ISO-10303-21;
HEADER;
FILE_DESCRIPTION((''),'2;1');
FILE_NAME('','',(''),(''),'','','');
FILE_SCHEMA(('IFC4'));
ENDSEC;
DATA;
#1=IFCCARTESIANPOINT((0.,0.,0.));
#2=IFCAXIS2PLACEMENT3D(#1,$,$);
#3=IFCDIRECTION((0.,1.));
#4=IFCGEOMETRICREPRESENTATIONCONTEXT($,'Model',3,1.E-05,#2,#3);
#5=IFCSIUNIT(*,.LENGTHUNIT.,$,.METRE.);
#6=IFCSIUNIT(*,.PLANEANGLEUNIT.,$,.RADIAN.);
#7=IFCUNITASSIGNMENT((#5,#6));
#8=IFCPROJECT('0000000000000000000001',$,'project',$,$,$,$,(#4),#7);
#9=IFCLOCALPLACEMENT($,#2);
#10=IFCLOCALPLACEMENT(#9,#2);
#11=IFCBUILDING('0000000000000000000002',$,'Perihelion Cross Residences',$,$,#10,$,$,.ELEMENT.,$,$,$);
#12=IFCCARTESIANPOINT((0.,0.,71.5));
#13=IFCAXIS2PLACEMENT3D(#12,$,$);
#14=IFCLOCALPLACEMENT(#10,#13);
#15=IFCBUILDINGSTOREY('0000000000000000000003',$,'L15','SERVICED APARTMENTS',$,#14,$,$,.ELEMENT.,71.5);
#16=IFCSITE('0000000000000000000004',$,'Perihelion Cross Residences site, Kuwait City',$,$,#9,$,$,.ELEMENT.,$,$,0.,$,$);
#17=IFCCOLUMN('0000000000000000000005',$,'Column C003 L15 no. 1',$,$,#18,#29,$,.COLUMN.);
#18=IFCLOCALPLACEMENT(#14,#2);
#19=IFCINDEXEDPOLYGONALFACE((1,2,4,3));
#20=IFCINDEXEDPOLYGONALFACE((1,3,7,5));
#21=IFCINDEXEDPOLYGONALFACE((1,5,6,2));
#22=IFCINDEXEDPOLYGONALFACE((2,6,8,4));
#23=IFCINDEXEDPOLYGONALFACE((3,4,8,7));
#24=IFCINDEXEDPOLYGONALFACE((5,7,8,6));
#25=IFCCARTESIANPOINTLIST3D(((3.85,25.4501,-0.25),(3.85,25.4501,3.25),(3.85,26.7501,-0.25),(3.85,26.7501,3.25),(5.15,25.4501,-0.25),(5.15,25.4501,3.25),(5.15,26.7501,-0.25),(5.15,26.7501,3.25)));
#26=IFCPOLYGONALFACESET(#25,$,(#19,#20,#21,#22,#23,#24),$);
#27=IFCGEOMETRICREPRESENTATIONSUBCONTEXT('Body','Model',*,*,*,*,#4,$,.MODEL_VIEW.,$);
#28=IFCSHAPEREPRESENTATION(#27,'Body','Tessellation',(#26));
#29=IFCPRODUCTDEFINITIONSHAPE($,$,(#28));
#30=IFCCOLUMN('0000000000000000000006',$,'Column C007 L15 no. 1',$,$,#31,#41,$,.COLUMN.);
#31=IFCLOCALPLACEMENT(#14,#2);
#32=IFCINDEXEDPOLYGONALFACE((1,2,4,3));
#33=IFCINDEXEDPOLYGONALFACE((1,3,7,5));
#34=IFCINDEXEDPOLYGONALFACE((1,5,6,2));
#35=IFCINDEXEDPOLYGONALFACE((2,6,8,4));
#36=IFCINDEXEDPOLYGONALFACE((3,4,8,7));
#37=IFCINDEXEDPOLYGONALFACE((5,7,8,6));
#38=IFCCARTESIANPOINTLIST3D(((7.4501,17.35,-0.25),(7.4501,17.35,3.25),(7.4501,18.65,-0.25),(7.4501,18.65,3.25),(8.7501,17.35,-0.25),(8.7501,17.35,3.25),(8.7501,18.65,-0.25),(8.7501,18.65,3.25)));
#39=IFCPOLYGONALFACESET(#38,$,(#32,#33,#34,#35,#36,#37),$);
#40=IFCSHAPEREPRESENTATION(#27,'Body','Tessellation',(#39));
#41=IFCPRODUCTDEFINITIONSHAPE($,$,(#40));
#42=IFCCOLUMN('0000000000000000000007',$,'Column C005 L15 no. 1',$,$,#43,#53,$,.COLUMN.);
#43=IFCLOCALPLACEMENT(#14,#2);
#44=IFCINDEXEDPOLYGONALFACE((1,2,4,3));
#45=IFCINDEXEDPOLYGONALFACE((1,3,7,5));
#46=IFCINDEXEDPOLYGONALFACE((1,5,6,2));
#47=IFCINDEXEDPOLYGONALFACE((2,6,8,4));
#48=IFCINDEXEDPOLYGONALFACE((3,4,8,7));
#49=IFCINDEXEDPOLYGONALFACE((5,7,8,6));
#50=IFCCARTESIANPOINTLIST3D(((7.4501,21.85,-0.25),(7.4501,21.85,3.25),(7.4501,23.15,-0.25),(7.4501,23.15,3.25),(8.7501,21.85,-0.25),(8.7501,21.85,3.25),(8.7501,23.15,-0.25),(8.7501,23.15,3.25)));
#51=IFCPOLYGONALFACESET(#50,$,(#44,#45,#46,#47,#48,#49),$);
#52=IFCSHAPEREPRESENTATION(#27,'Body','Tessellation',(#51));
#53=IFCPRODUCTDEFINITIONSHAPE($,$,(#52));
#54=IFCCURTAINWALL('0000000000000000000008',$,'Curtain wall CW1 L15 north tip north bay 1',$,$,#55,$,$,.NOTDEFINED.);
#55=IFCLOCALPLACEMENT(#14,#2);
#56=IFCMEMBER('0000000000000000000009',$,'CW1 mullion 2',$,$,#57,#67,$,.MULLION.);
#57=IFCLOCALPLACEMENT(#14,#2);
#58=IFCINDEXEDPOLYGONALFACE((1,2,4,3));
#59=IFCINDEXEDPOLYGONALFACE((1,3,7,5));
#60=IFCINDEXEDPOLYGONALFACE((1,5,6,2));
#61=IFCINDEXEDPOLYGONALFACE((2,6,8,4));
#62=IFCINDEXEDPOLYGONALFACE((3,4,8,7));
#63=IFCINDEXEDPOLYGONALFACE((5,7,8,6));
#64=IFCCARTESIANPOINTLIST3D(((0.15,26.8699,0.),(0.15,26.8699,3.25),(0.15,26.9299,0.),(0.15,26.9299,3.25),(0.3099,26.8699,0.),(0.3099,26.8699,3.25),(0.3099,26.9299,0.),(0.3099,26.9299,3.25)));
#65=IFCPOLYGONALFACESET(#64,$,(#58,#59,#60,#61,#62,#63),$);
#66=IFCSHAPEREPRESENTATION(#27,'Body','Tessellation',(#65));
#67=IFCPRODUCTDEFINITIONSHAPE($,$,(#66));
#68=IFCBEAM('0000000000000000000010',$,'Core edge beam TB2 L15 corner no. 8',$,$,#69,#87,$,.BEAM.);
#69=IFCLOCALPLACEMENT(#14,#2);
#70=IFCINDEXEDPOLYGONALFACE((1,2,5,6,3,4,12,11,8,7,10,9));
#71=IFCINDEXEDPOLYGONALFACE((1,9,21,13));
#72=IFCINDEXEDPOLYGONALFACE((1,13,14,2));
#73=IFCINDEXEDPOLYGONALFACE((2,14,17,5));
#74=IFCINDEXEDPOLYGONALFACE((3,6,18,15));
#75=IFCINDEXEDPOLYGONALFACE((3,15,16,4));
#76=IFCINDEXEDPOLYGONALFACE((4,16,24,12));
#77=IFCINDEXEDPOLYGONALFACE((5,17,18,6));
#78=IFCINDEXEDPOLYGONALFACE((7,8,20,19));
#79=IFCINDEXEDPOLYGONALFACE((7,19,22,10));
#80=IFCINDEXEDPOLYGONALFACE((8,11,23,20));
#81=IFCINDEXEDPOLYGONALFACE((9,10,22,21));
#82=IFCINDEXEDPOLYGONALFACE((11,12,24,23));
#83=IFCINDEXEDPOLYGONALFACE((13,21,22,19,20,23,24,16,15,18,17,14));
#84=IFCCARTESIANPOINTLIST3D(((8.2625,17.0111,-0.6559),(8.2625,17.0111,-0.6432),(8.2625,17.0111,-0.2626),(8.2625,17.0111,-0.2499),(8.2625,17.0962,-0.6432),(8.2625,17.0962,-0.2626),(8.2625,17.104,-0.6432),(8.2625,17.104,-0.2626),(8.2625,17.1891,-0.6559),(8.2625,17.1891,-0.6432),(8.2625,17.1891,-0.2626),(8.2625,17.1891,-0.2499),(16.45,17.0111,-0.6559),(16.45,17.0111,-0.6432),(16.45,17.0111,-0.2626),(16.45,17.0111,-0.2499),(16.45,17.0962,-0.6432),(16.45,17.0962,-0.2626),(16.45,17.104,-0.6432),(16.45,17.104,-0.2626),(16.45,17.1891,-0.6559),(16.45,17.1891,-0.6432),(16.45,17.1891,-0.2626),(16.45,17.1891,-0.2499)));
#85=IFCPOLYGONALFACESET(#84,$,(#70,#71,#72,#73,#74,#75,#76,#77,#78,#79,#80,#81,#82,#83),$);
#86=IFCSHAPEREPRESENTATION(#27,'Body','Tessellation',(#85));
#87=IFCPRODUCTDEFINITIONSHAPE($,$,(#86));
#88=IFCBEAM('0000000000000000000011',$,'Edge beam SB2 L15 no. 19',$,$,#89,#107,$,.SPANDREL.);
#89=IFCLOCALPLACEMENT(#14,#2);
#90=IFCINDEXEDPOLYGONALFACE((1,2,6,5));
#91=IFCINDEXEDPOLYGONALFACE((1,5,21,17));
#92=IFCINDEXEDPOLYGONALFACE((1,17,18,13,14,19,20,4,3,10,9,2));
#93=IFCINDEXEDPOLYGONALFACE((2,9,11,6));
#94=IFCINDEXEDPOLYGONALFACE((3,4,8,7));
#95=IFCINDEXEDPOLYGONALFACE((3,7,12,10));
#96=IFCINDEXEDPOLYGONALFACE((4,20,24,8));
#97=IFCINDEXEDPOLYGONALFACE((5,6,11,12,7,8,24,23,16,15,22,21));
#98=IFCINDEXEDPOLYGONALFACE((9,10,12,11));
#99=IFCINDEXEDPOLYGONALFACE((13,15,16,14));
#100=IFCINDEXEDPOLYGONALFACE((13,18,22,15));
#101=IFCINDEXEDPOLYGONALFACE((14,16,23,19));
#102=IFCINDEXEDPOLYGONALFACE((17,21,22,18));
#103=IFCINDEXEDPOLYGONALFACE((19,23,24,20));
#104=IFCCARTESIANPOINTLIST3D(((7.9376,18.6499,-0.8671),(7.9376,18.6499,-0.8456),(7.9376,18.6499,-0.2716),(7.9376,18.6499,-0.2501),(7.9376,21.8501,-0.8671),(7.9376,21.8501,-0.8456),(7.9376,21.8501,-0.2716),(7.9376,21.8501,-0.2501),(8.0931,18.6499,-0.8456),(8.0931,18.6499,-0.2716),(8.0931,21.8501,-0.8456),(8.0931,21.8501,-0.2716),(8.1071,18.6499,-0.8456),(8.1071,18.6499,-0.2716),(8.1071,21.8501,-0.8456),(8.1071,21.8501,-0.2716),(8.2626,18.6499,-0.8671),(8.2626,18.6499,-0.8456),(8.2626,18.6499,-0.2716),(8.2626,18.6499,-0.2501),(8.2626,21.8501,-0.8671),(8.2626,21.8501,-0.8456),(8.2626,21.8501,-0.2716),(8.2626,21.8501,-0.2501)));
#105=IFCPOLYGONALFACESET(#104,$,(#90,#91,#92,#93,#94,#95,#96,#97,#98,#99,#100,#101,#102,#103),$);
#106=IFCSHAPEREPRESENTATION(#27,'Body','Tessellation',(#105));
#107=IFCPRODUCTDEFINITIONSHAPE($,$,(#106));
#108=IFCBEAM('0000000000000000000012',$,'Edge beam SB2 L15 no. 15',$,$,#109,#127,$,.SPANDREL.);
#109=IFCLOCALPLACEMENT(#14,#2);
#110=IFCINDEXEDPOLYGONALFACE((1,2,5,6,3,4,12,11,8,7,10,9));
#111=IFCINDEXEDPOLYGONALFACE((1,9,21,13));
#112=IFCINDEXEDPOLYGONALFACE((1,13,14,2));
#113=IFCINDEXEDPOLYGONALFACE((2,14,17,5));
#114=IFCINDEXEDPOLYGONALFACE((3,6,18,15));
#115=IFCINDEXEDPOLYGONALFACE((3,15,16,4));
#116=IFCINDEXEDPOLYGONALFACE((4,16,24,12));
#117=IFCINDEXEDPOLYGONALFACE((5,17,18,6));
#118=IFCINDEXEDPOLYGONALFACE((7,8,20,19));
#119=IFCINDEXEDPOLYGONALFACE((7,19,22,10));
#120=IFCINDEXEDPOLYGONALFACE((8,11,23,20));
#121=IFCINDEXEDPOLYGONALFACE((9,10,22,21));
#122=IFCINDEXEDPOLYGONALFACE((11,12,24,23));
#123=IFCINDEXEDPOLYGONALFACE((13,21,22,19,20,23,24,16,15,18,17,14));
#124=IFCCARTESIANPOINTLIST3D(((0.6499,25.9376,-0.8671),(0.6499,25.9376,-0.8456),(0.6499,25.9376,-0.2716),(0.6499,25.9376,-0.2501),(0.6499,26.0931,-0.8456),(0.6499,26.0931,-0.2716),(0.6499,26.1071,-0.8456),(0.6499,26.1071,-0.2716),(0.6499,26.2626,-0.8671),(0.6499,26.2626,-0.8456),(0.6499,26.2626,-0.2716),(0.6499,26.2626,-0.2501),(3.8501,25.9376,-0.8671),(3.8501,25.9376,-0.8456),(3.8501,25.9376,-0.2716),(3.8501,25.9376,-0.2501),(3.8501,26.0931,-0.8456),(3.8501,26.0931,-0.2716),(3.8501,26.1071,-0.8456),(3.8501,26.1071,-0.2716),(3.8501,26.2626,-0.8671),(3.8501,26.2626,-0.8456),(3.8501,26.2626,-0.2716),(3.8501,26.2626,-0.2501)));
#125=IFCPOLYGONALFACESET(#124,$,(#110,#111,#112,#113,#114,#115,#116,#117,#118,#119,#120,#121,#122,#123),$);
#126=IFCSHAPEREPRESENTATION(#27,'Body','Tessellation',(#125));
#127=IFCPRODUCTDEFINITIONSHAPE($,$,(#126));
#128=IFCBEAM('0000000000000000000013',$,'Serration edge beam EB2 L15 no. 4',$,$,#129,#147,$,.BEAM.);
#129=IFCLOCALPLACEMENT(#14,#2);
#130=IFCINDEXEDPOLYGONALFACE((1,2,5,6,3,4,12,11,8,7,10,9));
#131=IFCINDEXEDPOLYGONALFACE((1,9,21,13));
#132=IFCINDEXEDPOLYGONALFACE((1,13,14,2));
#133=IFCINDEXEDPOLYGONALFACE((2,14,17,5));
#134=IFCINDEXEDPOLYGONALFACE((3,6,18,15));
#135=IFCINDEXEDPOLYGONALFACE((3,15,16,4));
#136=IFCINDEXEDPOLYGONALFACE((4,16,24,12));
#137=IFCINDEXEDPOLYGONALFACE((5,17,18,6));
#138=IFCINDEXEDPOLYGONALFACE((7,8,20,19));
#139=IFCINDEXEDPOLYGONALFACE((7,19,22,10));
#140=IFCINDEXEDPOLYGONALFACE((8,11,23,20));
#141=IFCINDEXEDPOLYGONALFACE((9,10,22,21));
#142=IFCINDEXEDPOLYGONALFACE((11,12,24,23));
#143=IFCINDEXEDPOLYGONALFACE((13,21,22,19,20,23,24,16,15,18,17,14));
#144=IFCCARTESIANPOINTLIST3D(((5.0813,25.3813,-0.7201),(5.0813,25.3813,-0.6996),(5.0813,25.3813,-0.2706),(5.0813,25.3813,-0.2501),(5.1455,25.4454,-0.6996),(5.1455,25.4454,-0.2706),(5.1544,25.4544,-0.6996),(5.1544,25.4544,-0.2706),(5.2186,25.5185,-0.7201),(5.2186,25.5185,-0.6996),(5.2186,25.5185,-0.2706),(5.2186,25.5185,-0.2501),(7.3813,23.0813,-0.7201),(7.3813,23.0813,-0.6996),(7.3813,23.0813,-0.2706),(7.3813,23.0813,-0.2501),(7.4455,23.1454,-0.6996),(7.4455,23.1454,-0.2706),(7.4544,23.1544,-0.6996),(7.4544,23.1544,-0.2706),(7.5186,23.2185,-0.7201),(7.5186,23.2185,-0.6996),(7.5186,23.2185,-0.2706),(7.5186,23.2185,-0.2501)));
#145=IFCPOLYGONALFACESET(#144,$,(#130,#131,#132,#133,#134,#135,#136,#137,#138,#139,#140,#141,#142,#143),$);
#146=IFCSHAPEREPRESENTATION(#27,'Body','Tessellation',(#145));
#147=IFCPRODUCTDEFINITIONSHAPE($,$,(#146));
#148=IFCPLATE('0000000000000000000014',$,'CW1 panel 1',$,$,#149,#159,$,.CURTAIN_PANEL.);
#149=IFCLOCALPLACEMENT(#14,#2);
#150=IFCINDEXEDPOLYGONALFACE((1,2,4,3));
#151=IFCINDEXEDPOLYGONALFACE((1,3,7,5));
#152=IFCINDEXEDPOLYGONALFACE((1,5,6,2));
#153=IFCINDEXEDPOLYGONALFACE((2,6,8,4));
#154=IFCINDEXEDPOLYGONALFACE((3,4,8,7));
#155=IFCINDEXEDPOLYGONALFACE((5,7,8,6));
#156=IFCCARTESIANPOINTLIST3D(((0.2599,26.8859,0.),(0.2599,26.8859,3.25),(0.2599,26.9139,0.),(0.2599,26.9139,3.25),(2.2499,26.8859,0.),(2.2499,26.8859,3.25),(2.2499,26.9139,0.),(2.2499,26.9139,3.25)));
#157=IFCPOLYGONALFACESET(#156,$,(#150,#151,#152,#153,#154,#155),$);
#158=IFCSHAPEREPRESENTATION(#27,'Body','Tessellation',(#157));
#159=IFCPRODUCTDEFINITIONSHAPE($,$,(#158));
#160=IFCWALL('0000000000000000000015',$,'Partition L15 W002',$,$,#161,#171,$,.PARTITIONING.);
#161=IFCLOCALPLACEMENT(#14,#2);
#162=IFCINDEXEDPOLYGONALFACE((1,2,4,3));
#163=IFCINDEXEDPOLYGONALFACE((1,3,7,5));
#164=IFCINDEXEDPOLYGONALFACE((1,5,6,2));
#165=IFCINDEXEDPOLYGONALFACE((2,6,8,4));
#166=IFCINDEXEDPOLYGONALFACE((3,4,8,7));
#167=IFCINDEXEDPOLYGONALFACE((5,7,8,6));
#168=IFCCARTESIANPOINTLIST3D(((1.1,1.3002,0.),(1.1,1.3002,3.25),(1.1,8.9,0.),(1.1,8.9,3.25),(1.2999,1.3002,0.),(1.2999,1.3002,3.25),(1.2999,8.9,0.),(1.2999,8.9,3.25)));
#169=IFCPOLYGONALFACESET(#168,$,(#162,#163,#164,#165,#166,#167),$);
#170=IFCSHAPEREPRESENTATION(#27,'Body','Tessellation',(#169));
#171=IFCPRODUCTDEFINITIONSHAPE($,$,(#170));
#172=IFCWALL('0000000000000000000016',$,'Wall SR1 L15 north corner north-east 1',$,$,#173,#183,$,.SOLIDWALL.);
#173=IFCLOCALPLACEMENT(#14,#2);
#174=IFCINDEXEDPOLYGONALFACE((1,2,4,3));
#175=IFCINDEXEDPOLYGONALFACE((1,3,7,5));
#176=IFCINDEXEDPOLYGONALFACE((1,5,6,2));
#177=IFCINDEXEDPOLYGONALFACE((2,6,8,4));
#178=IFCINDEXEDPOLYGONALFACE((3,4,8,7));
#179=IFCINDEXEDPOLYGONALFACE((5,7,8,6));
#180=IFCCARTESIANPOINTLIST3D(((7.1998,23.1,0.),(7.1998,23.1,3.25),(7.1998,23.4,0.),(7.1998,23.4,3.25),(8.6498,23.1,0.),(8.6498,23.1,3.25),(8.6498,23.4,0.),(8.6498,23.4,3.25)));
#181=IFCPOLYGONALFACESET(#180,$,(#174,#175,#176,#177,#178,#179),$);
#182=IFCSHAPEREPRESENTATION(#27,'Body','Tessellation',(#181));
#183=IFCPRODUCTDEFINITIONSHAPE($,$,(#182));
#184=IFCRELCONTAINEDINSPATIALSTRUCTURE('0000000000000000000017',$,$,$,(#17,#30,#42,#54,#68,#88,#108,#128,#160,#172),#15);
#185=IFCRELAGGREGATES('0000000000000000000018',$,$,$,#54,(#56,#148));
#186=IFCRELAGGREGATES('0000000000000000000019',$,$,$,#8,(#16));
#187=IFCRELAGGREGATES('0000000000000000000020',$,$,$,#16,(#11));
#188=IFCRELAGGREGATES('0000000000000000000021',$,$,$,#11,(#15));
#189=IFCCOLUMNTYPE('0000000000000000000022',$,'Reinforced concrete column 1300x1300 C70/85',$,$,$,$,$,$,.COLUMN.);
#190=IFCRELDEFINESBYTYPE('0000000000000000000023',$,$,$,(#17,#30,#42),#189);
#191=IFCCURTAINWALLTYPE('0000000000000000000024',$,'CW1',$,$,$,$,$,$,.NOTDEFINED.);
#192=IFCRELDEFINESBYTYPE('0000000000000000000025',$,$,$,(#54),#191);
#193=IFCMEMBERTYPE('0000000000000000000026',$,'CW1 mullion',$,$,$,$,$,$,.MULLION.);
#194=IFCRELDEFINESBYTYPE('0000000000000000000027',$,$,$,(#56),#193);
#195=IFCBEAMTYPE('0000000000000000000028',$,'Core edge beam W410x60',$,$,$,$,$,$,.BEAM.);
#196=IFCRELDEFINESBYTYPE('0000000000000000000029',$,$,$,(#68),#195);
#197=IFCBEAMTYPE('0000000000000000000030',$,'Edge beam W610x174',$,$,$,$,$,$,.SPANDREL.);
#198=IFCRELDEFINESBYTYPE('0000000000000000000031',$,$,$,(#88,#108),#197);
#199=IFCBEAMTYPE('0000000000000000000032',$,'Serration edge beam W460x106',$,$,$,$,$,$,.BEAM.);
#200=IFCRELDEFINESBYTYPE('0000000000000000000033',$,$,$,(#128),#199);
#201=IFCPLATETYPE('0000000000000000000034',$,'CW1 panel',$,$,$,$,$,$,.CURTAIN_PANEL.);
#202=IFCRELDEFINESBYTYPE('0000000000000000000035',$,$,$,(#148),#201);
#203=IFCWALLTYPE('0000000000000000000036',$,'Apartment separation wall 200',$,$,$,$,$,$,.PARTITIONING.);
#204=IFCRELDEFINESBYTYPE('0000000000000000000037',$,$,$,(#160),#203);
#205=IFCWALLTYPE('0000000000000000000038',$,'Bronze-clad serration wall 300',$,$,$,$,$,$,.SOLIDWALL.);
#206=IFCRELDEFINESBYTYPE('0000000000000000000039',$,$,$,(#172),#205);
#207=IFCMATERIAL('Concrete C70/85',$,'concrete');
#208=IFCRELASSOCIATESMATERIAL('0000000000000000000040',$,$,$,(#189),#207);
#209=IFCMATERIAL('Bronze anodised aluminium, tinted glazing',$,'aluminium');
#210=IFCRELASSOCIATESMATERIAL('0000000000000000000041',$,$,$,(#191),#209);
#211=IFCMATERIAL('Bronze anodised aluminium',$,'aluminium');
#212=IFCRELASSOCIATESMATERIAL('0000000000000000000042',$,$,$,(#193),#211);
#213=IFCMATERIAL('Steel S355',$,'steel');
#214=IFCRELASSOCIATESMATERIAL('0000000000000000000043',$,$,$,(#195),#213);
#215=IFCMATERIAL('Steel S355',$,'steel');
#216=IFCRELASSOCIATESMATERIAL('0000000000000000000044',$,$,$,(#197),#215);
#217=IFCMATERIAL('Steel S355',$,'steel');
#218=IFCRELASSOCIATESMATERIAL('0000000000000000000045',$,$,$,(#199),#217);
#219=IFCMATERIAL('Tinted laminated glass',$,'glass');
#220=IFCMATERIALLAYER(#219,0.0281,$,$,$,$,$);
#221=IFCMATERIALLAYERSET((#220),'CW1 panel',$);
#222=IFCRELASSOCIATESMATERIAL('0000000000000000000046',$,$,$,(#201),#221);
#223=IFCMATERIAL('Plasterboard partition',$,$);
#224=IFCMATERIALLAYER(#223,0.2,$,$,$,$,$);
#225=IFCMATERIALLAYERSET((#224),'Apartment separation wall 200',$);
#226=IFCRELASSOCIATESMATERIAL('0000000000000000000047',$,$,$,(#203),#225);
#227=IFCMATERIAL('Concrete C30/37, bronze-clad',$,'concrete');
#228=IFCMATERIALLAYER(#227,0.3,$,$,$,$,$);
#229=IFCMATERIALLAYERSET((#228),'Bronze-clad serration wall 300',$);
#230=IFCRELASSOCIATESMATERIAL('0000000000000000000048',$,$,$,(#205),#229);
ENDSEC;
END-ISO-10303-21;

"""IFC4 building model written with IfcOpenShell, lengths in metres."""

from ifc_helpers import new_model, si_unit, direction, frame, frame_2d, origin, origin_2d, place, context, subcontext, project, spatial, rectangle, i_section, extrude, material, layer, layer_set, material_profile, profile_set, type_object, element, aggregate, save


model = new_model("IFC4")

# Units and contexts
model_context = context("Model", 3, precision=1e-05, world=origin(), true_north=direction((0.0, 1.0)))
body_context = subcontext(model_context, "Body", "Model", "MODEL_VIEW")
ifc_project = project(units=[si_unit("LENGTHUNIT", "METRE"), si_unit("PLANEANGLEUNIT", "RADIAN")], contexts=[model_context])

# Site, building, storey
site_placement = place(None, origin())
site = spatial("IfcSite", under=ifc_project, at=site_placement, Name="Perihelion Cross Residences site, Kuwait City", CompositionType="ELEMENT", RefElevation=0.0)
building_placement = place(site_placement, origin())
building = spatial("IfcBuilding", under=site, at=building_placement, Name="Perihelion Cross Residences", CompositionType="ELEMENT")
storey_placement = place(building_placement, frame((0.0, 0.0, 71.5)))
storey = spatial("IfcBuildingStorey", under=building, at=storey_placement, Name="L15", Description="SERVICED APARTMENTS", CompositionType="ELEMENT", Elevation=71.5)

# Columns
ifc_material_1 = material(Name="Concrete C70/85", Category="concrete")
ifc_material_profile_1 = material_profile(ifc_material_1, rectangle(XDim=1.3, YDim=1.3, at=origin_2d()), Name="RC 1300x1300")
ifc_profile_set_1 = profile_set([ifc_material_profile_1], Name="Concrete C70/85")
column_type = type_object("IfcColumnType", Name="Reinforced concrete column 1300x1300 C70/85", PredefinedType="COLUMN", material=ifc_profile_set_1)
for number, where, z_axis, x_axis, name in (
    (1, (4.5, 26.1001, -0.25), (0.0, 0.0, 1.0), (1.0, 0.0, 0.0), "Column C003 L15 no. 1"),
    (2, (8.1001, 18.0, -0.25), (0.0, 0.0, 1.0), (1.0, 0.0, 0.0), "Column C007 L15 no. 1"),
    (3, (8.1001, 22.5, -0.25), (0.0, 0.0, 1.0), (1.0, 0.0, 0.0), "Column C005 L15 no. 1"),
):
    element("IfcColumn", number, at=place(storey_placement, frame(where, z_axis=z_axis, x_axis=x_axis)), inside=storey, type_object=column_type, Name=name, PredefinedType="COLUMN", context=body_context, shape_type="SweptSolid", body=[
        extrude(rectangle(XDim=1.3, YDim=1.3, at=origin_2d()), origin(), (0.0, 0.0, 1.0), 3.5),
    ])

# Curtain wall, member
ifc_material_2 = material(Name="Bronze anodised aluminium, tinted glazing", Category="aluminium")
curtain_wall_type = type_object("IfcCurtainWallType", Name="CW1", PredefinedType="NOTDEFINED", material=ifc_material_2)
curtain_wall_placement = place(storey_placement, origin())
curtain_wall = element("IfcCurtainWall", 4, at=curtain_wall_placement, inside=storey, type_object=curtain_wall_type, Name="Curtain wall CW1 L15 north tip north bay 1", PredefinedType="NOTDEFINED")
ifc_material_3 = material(Name="Bronze anodised aluminium", Category="aluminium")
ifc_material_profile_2 = material_profile(ifc_material_3, rectangle(XDim=0.0601, YDim=0.1599, at=origin_2d()), Name="CW1 mullion")
ifc_profile_set_2 = profile_set([ifc_material_profile_2], Name="Bronze anodised aluminium")
member_type = type_object("IfcMemberType", Name="CW1 mullion", PredefinedType="MULLION", material=ifc_profile_set_2)
member_placement = place(storey_placement, frame((0.23, 26.8999, 0.0), z_axis=(0.0, 0.0, 1.0), x_axis=(0.0, -1.0, 0.0)))
member = element("IfcMember", 5, at=member_placement, type_object=member_type, Name="CW1 mullion 2", PredefinedType="MULLION", context=body_context, shape_type="SweptSolid", body=[
    extrude(rectangle(XDim=0.0601, YDim=0.1599, at=origin_2d()), origin(), (0.0, 0.0, 1.0), 3.25),
])

# Beams
ifc_material_4 = material(Name="Steel S355", Category="steel")
ifc_material_profile_3 = material_profile(ifc_material_4, i_section(OverallWidth=0.178, OverallDepth=0.406, WebThickness=0.0078, FlangeThickness=0.0127, at=origin_2d()), Name="W410x60")
ifc_profile_set_3 = profile_set([ifc_material_profile_3], Name="Steel S355")
beam_type_1 = type_object("IfcBeamType", Name="Core edge beam W410x60", PredefinedType="BEAM", material=ifc_profile_set_3)
beam_1_placement = place(storey_placement, frame((8.2625, 17.1001, -0.4529), z_axis=(1.0, 0.0, 0.0), x_axis=(0.0, 1.0, 0.0)))
element("IfcBeam", 6, at=beam_1_placement, inside=storey, type_object=beam_type_1, Name="Core edge beam TB2 L15 corner no. 8", PredefinedType="BEAM", context=body_context, shape_type="SweptSolid", body=[
    extrude(i_section(OverallWidth=0.178, OverallDepth=0.406, WebThickness=0.0078, FlangeThickness=0.0127, at=origin_2d()), origin(), (0.0, 0.0, 1.0), 8.1875),
])
ifc_material_5 = material(Name="Steel S355", Category="steel")
ifc_material_profile_4 = material_profile(ifc_material_5, i_section(OverallWidth=0.325, OverallDepth=0.6169, WebThickness=0.0139, FlangeThickness=0.0215, at=origin_2d()), Name="W610x174")
ifc_profile_set_4 = profile_set([ifc_material_profile_4], Name="Steel S355")
beam_type_2 = type_object("IfcBeamType", Name="Edge beam W610x174", PredefinedType="SPANDREL", material=ifc_profile_set_4)
for number, where, z_axis, x_axis, name in (
    (7, (8.1001, 18.6499, -0.5586), (0.0, 1.0, 0.0), (-1.0, 0.0, 0.0), "Edge beam SB2 L15 no. 19"),
    (8, (3.8501, 26.1001, -0.5586), (-1.0, 0.0, 0.0), (0.0, -1.0, 0.0), "Edge beam SB2 L15 no. 15"),
):
    element("IfcBeam", number, at=place(storey_placement, frame(where, z_axis=z_axis, x_axis=x_axis)), inside=storey, type_object=beam_type_2, Name=name, PredefinedType="SPANDREL", context=body_context, shape_type="SweptSolid", body=[
        extrude(i_section(OverallWidth=0.325, OverallDepth=0.6169, WebThickness=0.0139, FlangeThickness=0.0215, at=origin_2d()), origin(), (0.0, 0.0, 1.0), 3.2002),
    ])
ifc_material_6 = material(Name="Steel S355", Category="steel")
ifc_material_profile_5 = material_profile(ifc_material_6, i_section(OverallWidth=0.1941, OverallDepth=0.47, WebThickness=0.0127, FlangeThickness=0.0205, at=origin_2d()), Name="W460x106")
ifc_profile_set_5 = profile_set([ifc_material_profile_5], Name="Steel S355")
beam_type_3 = type_object("IfcBeamType", Name="Serration edge beam W460x106", PredefinedType="BEAM", material=ifc_profile_set_5)
beam_2_placement = place(storey_placement, frame((7.45, 23.1499, -0.4851), z_axis=(-0.707107, 0.707107, 0.0), x_axis=(-0.707107, -0.707107, 0.0)))
element("IfcBeam", 9, at=beam_2_placement, inside=storey, type_object=beam_type_3, Name="Serration edge beam EB2 L15 no. 4", PredefinedType="BEAM", context=body_context, shape_type="SweptSolid", body=[
    extrude(i_section(OverallWidth=0.1941, OverallDepth=0.47, WebThickness=0.0127, FlangeThickness=0.0205, at=origin_2d()), origin(), (0.0, 0.0, 1.0), 3.2527),
])

# Plate
ifc_material_7 = material(Name="Tinted laminated glass", Category="glass")
ifc_layer_1 = layer(ifc_material_7, 0.0281)
ifc_layer_set_1 = layer_set([ifc_layer_1], Name="CW1 panel")
plate_type = type_object("IfcPlateType", Name="CW1 panel", PredefinedType="CURTAIN_PANEL", material=ifc_layer_set_1)
plate_placement = place(storey_placement, frame((1.2549, 26.8999, 0.0), z_axis=(0.0, 0.0, 1.0), x_axis=(-1.0, 0.0, 0.0)))
plate = element("IfcPlate", 10, at=plate_placement, type_object=plate_type, Name="CW1 panel 1", PredefinedType="CURTAIN_PANEL", context=body_context, shape_type="SweptSolid", body=[
    extrude(rectangle(XDim=1.99, YDim=0.0281, at=origin_2d()), origin(), (0.0, 0.0, 1.0), 3.25),
])
aggregate(curtain_wall, [member, plate])

# Wall
ifc_material_8 = material(Name="Plasterboard partition")
ifc_layer_2 = layer(ifc_material_8, 0.2)
ifc_layer_set_2 = layer_set([ifc_layer_2], Name="Apartment separation wall 200")
wall_type_1 = type_object("IfcWallType", Name="Apartment separation wall 200", PredefinedType="PARTITIONING", material=ifc_layer_set_2)
wall_1_placement = place(storey_placement, frame((1.2, 8.8999, 0.0), z_axis=(0.0, 0.0, 1.0), x_axis=(0.0, -1.0, 0.0)))
element("IfcWall", 11, at=wall_1_placement, inside=storey, type_object=wall_type_1, Name="Partition L15 W002", PredefinedType="PARTITIONING", context=body_context, shape_type="SweptSolid", body=[
    extrude(rectangle(XDim=7.5999, YDim=0.2, at=frame_2d((3.7998, 0.0))), origin(), (0.0, 0.0, 1.0), 3.25),
])

# Wall
ifc_material_9 = material(Name="Concrete C30/37, bronze-clad", Category="concrete")
ifc_layer_3 = layer(ifc_material_9, 0.3)
ifc_layer_set_3 = layer_set([ifc_layer_3], Name="Bronze-clad serration wall 300")
wall_type_2 = type_object("IfcWallType", Name="Bronze-clad serration wall 300", PredefinedType="SOLIDWALL", material=ifc_layer_set_3)
wall_2_placement = place(storey_placement, frame((8.6499, 23.25, 0.0), z_axis=(0.0, 0.0, 1.0), x_axis=(-1.0, 0.0, 0.0)))
element("IfcWall", 12, at=wall_2_placement, inside=storey, type_object=wall_type_2, Name="Wall SR1 L15 north corner north-east 1", PredefinedType="SOLIDWALL", context=body_context, shape_type="SweptSolid", body=[
    extrude(rectangle(XDim=1.45, YDim=0.3, at=frame_2d((0.7251, 0.0))), origin(), (0.0, 0.0, 1.0), 3.25),
])

save(model, "model.ifc")
